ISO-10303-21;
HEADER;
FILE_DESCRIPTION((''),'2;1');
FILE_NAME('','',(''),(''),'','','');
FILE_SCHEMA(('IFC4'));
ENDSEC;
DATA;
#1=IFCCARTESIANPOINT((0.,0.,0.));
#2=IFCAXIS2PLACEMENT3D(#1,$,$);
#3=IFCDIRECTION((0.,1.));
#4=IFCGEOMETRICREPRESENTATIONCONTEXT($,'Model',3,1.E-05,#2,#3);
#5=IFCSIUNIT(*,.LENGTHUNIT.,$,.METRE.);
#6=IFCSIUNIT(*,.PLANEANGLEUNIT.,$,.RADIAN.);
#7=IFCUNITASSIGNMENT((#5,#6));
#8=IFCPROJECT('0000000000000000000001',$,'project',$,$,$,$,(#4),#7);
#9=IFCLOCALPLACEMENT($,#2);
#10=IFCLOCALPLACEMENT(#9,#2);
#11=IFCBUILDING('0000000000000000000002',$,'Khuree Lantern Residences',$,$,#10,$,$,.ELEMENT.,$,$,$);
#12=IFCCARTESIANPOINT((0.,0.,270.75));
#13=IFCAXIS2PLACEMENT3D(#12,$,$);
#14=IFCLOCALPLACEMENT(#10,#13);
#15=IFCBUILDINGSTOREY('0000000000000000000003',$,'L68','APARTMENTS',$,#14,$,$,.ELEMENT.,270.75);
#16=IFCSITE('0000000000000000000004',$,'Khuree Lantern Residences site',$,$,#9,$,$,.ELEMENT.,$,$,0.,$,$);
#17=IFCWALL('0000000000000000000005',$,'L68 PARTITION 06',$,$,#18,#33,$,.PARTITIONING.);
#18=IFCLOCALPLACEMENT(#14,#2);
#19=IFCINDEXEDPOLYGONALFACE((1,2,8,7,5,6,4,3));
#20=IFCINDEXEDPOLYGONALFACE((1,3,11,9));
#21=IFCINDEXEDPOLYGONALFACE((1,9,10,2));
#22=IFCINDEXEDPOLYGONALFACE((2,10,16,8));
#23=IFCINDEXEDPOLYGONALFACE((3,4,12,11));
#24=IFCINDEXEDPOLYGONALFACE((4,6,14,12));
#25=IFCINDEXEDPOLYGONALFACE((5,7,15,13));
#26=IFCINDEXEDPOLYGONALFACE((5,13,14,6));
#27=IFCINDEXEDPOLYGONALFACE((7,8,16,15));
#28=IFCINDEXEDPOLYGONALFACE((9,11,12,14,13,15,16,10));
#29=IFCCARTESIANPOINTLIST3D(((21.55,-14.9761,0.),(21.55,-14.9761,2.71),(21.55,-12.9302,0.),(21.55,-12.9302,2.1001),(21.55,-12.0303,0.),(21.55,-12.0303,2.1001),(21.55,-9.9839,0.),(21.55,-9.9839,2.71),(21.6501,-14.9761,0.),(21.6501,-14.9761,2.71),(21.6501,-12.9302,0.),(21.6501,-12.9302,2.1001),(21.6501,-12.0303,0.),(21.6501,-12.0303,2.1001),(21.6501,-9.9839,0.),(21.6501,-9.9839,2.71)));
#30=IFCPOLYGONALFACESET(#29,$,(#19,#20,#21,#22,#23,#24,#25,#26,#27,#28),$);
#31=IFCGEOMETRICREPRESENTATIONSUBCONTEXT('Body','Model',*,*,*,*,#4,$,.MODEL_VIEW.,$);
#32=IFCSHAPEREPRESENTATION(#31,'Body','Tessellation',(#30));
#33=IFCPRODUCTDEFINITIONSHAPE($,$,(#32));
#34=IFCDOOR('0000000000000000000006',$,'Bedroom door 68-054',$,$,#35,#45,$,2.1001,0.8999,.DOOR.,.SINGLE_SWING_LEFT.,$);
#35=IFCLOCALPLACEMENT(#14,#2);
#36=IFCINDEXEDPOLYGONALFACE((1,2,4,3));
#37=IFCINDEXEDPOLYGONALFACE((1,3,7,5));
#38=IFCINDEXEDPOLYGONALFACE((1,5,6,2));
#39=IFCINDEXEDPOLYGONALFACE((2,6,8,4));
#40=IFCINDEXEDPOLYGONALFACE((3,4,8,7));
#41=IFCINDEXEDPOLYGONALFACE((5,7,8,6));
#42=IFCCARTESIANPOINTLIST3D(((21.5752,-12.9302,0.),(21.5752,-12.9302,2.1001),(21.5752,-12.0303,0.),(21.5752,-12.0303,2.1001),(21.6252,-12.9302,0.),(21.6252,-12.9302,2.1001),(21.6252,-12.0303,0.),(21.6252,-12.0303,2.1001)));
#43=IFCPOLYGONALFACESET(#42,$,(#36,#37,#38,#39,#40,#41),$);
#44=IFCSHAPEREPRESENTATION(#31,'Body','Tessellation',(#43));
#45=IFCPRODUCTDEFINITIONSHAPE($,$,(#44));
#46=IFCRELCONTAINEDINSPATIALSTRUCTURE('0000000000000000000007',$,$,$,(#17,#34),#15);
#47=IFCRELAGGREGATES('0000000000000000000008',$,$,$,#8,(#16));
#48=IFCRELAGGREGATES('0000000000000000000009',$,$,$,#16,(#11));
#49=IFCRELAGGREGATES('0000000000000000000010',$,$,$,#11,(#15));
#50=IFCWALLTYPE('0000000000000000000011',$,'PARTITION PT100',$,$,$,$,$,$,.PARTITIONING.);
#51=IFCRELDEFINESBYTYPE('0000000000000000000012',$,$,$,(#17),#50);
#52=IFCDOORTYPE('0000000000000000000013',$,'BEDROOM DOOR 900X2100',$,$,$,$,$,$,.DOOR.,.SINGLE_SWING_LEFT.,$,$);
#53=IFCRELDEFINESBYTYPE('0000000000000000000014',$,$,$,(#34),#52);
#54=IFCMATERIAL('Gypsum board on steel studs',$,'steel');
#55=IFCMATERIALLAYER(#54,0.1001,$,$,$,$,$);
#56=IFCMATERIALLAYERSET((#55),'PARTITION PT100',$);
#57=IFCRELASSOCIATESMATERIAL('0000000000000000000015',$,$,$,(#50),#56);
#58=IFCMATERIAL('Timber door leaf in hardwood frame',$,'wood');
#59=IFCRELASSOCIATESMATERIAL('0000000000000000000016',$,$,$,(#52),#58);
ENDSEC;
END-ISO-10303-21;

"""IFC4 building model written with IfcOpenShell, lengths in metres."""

from ifc_helpers import new_model, si_unit, direction, frame, frame_2d, origin, place, context, subcontext, project, spatial, rectangle, extrude, material, layer, layer_set, type_object, element, fill, save


model = new_model("IFC4")

# Units and contexts
model_context = context("Model", 3, precision=1e-05, world=origin(), true_north=direction((0.0, 1.0)))
body_context = subcontext(model_context, "Body", "Model", "MODEL_VIEW")
ifc_project = project(units=[si_unit("LENGTHUNIT", "METRE"), si_unit("PLANEANGLEUNIT", "RADIAN")], contexts=[model_context])

# Site, building, storey
site_placement = place(None, origin())
site = spatial("IfcSite", under=ifc_project, at=site_placement, Name="Khuree Lantern Residences site", CompositionType="ELEMENT", RefElevation=0.0)
building_placement = place(site_placement, origin())
building = spatial("IfcBuilding", under=site, at=building_placement, Name="Khuree Lantern Residences", CompositionType="ELEMENT")
storey_placement = place(building_placement, frame((0.0, 0.0, 270.75)))
storey = spatial("IfcBuildingStorey", under=building, at=storey_placement, Name="L68", Description="APARTMENTS", CompositionType="ELEMENT", Elevation=270.75)

# Shared definitions
ifc_material_1 = material(Name="Timber door leaf in hardwood frame", Category="wood")

# Shared definitions
ifc_material_2 = material(Name="Gypsum board on steel studs", Category="steel")

# Shared definitions
ifc_layer_1 = layer(ifc_material_2, 0.1001)
ifc_layer_set_1 = layer_set([ifc_layer_1], Name="PARTITION PT100")
wall_type_1 = type_object("IfcWallType", Name="PARTITION PT100", PredefinedType="PARTITIONING", material=ifc_layer_set_1)

# Wall, opening, door
door_type_1 = type_object("IfcDoorType", Name="BEDROOM DOOR 900X2100", OperationType="SINGLE_SWING_LEFT", PredefinedType="DOOR", material=ifc_material_1)
wall_1_placement = place(storey_placement, frame((21.6001, -14.9761, 0.0), z_axis=(0.0, 0.0, 1.0), x_axis=(0.0, 1.0, 0.0)))
wall_1 = element("IfcWall", 1, at=wall_1_placement, inside=storey, type_object=wall_type_1, Name="L68 PARTITION 06", PredefinedType="PARTITIONING", context=body_context, shape_type="SweptSolid", body=[
    extrude(rectangle(XDim=4.9922, YDim=0.1001, at=frame_2d((2.4961, 0.0))), origin(), (0.0, 0.0, 1.0), 2.71),
])
opening_1_placement = place(wall_1_placement, frame((2.0459, 0.0, 0.0)))
opening_1 = element("IfcOpeningElement", 2, at=opening_1_placement, cuts=wall_1, PredefinedType="OPENING", context=body_context, shape_type="SweptSolid", body=[
    extrude(rectangle(XDim=0.8999, YDim=2.1001, at=frame_2d((0.45, 1.05))), frame((0.0, 0.0601, 0.0), z_axis=(0.0, -1.0, 0.0), x_axis=(1.0, 0.0, 0.0)), (0.0, 0.0, 1.0), 0.1201),
])
door_1_placement = place(opening_1_placement, origin())
door_1 = element("IfcDoor", 3, at=door_1_placement, inside=storey, type_object=door_type_1, Name="Bedroom door 68-054", OperationType="SINGLE_SWING_LEFT", OverallHeight=2.1001, OverallWidth=0.8999, PredefinedType="DOOR", context=body_context, shape_type="SweptSolid", body=[
    extrude(rectangle(XDim=0.8999, YDim=2.1001, at=frame_2d((0.45, 1.05))), frame((0.0, 0.0249, 0.0), z_axis=(0.0, -1.0, 0.0), x_axis=(1.0, 0.0, 0.0)), (0.0, 0.0, 1.0), 0.05),
])
fill(opening_1, door_1)

save(model, "model.ifc")
